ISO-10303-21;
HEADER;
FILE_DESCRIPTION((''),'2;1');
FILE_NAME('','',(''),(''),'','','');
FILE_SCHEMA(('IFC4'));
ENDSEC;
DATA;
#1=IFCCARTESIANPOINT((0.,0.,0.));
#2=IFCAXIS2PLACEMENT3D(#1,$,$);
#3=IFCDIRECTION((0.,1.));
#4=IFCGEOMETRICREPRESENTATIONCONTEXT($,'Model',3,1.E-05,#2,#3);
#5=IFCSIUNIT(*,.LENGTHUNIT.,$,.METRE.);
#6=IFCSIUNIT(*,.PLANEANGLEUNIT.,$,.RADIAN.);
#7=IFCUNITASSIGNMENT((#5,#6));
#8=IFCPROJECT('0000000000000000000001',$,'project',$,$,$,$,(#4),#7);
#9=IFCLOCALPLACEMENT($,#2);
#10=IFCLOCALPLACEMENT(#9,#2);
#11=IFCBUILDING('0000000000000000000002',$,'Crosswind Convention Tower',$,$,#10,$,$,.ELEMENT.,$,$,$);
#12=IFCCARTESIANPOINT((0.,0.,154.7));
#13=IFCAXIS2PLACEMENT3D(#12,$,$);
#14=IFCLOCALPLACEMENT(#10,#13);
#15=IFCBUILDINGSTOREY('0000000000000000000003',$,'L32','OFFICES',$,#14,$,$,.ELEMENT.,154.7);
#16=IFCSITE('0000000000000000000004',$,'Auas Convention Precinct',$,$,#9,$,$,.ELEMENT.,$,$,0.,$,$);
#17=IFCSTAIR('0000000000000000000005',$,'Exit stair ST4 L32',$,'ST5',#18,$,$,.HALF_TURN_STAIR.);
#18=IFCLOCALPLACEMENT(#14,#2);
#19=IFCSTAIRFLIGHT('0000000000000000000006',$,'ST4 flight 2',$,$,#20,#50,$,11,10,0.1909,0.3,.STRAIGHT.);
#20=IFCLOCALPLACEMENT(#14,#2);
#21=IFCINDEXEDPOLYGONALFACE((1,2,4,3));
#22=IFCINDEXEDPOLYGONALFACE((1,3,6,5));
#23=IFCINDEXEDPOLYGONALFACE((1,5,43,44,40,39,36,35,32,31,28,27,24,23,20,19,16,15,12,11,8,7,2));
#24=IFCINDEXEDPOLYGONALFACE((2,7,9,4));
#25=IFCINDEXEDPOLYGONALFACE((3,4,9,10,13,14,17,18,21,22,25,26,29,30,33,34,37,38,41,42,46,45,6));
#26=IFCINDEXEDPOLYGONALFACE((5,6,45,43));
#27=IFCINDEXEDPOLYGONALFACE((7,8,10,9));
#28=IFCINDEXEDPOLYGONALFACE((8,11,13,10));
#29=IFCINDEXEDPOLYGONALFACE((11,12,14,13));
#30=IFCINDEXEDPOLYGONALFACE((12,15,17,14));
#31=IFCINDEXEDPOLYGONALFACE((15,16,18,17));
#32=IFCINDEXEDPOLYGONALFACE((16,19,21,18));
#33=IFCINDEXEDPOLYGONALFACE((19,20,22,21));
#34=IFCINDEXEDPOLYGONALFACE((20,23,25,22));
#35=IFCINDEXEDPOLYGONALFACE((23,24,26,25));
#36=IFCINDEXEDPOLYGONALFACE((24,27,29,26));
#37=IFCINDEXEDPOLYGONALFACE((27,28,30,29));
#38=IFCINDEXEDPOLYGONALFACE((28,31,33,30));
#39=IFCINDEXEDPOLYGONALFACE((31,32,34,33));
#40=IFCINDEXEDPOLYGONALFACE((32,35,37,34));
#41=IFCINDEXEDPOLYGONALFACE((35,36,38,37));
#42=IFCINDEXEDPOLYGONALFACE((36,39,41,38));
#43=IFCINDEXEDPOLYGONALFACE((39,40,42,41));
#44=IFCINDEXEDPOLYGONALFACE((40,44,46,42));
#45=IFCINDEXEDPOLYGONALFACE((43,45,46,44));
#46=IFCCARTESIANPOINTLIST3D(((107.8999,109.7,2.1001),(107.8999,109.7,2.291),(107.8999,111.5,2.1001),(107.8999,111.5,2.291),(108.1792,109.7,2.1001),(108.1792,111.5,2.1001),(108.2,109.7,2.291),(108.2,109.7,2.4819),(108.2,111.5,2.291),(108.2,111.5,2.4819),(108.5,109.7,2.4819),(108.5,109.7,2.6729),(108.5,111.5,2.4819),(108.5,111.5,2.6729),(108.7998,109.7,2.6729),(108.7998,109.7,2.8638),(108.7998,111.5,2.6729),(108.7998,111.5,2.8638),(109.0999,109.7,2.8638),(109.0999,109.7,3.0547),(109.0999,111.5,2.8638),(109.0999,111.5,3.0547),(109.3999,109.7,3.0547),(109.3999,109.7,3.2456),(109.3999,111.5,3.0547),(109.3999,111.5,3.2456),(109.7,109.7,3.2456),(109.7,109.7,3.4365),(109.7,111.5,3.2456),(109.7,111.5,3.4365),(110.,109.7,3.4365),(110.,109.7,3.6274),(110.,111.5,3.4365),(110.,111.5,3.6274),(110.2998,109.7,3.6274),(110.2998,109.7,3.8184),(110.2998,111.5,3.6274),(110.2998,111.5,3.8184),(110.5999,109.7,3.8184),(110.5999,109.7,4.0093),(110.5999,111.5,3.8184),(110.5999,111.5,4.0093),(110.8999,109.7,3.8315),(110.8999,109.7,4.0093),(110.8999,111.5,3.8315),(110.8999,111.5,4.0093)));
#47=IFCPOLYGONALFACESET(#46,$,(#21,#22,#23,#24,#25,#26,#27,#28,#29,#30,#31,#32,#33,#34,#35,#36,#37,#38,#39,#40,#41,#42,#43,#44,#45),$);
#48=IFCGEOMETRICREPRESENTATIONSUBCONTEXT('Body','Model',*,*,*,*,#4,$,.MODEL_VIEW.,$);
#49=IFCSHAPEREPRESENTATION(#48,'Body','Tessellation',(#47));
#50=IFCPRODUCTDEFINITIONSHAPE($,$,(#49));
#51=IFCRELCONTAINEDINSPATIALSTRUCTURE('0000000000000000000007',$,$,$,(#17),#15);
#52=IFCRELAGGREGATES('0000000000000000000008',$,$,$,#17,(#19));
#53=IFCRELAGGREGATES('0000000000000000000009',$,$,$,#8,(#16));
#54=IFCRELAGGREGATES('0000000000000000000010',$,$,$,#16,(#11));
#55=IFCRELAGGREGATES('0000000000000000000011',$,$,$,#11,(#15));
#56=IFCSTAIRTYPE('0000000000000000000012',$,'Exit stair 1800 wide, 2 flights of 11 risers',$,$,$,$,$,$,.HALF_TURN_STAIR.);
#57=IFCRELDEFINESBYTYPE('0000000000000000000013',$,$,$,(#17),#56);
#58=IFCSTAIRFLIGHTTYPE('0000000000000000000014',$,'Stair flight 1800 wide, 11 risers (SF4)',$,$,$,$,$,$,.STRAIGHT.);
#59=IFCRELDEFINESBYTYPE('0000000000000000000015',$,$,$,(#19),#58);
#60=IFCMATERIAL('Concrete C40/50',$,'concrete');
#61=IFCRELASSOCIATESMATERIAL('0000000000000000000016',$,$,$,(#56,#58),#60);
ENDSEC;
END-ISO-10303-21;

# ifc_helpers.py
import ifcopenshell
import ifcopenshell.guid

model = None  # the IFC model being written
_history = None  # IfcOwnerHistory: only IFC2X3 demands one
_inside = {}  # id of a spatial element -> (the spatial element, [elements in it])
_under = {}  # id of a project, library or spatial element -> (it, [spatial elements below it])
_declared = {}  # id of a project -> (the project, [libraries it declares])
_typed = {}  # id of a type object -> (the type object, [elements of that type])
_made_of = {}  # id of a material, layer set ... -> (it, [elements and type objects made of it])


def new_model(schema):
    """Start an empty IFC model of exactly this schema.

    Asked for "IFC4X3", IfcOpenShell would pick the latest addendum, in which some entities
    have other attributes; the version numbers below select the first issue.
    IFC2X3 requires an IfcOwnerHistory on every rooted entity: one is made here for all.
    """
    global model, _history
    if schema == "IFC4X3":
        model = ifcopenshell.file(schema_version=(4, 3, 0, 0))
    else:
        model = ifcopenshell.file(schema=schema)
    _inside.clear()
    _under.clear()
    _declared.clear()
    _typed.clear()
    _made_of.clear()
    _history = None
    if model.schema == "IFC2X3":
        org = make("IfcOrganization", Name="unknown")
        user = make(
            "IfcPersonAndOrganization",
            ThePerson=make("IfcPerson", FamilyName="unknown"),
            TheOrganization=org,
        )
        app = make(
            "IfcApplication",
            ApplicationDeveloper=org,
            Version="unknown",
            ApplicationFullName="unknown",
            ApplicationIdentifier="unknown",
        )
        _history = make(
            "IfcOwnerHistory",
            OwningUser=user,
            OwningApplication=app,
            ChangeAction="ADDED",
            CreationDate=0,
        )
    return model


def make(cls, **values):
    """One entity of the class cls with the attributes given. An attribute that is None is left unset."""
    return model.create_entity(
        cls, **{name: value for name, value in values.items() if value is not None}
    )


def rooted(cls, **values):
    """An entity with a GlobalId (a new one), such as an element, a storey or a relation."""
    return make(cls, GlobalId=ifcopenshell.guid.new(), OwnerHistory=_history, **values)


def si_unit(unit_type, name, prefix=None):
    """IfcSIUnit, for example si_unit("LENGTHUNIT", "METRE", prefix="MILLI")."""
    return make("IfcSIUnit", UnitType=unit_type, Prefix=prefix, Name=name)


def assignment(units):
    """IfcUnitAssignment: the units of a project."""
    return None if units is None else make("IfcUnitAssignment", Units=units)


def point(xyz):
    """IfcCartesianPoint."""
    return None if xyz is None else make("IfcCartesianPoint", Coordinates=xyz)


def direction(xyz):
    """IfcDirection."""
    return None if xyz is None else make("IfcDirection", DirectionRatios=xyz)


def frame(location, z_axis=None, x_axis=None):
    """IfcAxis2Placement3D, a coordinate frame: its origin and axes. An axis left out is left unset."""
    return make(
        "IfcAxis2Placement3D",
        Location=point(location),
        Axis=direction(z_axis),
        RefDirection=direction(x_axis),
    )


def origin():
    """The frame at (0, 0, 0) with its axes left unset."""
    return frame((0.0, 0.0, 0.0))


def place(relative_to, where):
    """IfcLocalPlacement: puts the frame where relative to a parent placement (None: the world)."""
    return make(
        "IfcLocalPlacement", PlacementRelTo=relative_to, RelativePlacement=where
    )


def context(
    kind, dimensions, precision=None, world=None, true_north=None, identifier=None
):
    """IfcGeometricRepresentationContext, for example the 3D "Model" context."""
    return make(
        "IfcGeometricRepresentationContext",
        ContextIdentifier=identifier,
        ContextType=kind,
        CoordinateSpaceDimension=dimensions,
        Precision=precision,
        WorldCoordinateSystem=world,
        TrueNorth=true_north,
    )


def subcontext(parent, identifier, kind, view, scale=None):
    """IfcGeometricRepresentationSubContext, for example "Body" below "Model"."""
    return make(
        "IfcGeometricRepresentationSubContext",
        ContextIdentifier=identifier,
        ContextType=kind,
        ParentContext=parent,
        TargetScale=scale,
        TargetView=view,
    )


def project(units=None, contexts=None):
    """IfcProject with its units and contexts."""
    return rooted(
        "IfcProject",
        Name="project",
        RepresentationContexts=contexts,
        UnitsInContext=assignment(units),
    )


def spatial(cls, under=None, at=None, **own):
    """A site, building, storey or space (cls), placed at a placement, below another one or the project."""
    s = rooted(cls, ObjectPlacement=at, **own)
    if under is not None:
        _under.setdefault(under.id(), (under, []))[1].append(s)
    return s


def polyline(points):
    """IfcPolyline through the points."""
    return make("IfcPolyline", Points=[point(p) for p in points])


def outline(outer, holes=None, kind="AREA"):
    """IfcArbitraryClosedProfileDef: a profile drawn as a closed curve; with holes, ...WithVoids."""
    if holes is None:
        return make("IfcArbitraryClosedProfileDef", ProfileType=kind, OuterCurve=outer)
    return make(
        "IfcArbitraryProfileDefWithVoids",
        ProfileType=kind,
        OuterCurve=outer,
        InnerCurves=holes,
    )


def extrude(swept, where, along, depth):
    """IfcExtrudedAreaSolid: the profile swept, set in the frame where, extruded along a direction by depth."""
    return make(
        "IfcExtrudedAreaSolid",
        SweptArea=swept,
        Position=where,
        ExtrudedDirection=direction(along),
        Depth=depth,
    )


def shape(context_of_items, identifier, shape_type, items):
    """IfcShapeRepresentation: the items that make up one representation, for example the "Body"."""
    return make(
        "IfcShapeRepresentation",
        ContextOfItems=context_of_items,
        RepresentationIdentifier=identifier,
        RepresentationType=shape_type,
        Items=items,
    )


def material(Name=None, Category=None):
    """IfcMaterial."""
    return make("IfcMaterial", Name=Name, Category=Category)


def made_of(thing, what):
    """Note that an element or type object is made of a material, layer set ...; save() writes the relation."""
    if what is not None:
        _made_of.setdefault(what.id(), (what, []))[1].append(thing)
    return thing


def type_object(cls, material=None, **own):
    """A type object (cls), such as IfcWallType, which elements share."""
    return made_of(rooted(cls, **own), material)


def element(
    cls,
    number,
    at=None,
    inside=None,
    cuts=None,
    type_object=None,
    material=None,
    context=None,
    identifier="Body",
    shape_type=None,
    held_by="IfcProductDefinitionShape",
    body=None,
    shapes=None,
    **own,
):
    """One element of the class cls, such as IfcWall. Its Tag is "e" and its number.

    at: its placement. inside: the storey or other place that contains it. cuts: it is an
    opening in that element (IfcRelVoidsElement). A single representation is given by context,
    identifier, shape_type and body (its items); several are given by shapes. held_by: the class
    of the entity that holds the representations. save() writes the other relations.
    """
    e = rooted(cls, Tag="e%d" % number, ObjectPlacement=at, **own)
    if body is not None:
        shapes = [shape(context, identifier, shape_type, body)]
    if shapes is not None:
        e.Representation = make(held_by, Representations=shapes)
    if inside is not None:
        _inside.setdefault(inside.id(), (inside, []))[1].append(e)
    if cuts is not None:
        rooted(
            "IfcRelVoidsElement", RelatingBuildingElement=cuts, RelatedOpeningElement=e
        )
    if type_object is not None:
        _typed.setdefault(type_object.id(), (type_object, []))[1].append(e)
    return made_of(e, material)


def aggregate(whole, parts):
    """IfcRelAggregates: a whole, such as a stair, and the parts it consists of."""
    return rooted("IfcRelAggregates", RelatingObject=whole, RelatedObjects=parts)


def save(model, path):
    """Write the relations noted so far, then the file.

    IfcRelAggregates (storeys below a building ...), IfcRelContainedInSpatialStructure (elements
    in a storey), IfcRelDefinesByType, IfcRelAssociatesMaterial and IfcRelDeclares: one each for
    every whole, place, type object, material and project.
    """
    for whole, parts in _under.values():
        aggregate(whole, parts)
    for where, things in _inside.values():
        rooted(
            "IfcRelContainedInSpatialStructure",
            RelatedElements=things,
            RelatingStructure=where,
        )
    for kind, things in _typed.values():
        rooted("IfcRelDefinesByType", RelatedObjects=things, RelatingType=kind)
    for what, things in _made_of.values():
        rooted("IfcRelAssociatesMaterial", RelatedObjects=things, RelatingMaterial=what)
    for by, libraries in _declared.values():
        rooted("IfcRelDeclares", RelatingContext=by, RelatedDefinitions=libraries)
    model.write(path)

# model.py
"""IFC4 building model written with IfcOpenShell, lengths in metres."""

from ifc_helpers import new_model, si_unit, direction, frame, origin, place, context, subcontext, project, spatial, polyline, outline, extrude, material, type_object, element, aggregate, save


model = new_model("IFC4")

# Units and contexts
model_context = context("Model", 3, precision=1e-05, world=origin(), true_north=direction((0.0, 1.0)))
body_context = subcontext(model_context, "Body", "Model", "MODEL_VIEW")
ifc_project = project(units=[si_unit("LENGTHUNIT", "METRE"), si_unit("PLANEANGLEUNIT", "RADIAN")], contexts=[model_context])

# Site, building, storey
site_placement = place(None, origin())
site = spatial("IfcSite", under=ifc_project, at=site_placement, Name="Auas Convention Precinct", CompositionType="ELEMENT", RefElevation=0.0)
building_placement = place(site_placement, origin())
building = spatial("IfcBuilding", under=site, at=building_placement, Name="Crosswind Convention Tower", CompositionType="ELEMENT")
storey_placement = place(building_placement, frame((0.0, 0.0, 154.7)))
storey = spatial("IfcBuildingStorey", under=building, at=storey_placement, Name="L32", Description="OFFICES", CompositionType="ELEMENT", Elevation=154.7)

# Stair, stair flight
ifc_material_1 = material(Name="Concrete C40/50", Category="concrete")
stair_type = type_object("IfcStairType", Name="Exit stair 1800 wide, 2 flights of 11 risers", PredefinedType="HALF_TURN_STAIR", material=ifc_material_1)
stair_placement = place(storey_placement, origin())
stair = element("IfcStair", 1, at=stair_placement, inside=storey, type_object=stair_type, Name="Exit stair ST4 L32", ObjectType="ST5", PredefinedType="HALF_TURN_STAIR")
stair_flight_type = type_object("IfcStairFlightType", Name="Stair flight 1800 wide, 11 risers (SF4)", PredefinedType="STRAIGHT", material=ifc_material_1)
stair_flight_1_placement = place(storey_placement, frame((107.8999, 110.6001, 2.1001), z_axis=(0.0, 0.0, 1.0), x_axis=(1.0, 0.0, 0.0)))
stair_flight_1 = element("IfcStairFlight", 2, at=stair_flight_1_placement, type_object=stair_flight_type, Name="ST4 flight 2", NumberOfRisers=11, NumberOfTreads=10, PredefinedType="STRAIGHT", RiserHeight=0.1909, TreadLength=0.3, context=body_context, shape_type="SweptSolid", body=[
    extrude(outline(polyline([(0.0, 0.0), (0.0, 0.1909), (0.3, 0.1909), (0.3, 0.3818), (0.6001, 0.3818), (0.6001, 0.5728), (0.8999, 0.5728), (0.8999, 0.7637), (1.2, 0.7637), (1.2, 0.9546), (1.5, 0.9546), (1.5, 1.1455), (1.8, 1.1455), (1.8, 1.3364), (2.1001, 1.3364), (2.1001, 1.5273), (2.3999, 1.5273), (2.3999, 1.7183), (2.7, 1.7183), (2.7, 1.9092), (3.0, 1.9092), (3.0, 2.1001), (3.0, 1.7314), (0.2793, 0.0), (0.0, 0.0)])), frame((0.0, 0.8999, 0.0), z_axis=(0.0, -1.0, 0.0), x_axis=(1.0, 0.0, 0.0)), (0.0, 0.0, 1.0), 1.8),
])
aggregate(stair, [stair_flight_1])

save(model, "model.ifc")
